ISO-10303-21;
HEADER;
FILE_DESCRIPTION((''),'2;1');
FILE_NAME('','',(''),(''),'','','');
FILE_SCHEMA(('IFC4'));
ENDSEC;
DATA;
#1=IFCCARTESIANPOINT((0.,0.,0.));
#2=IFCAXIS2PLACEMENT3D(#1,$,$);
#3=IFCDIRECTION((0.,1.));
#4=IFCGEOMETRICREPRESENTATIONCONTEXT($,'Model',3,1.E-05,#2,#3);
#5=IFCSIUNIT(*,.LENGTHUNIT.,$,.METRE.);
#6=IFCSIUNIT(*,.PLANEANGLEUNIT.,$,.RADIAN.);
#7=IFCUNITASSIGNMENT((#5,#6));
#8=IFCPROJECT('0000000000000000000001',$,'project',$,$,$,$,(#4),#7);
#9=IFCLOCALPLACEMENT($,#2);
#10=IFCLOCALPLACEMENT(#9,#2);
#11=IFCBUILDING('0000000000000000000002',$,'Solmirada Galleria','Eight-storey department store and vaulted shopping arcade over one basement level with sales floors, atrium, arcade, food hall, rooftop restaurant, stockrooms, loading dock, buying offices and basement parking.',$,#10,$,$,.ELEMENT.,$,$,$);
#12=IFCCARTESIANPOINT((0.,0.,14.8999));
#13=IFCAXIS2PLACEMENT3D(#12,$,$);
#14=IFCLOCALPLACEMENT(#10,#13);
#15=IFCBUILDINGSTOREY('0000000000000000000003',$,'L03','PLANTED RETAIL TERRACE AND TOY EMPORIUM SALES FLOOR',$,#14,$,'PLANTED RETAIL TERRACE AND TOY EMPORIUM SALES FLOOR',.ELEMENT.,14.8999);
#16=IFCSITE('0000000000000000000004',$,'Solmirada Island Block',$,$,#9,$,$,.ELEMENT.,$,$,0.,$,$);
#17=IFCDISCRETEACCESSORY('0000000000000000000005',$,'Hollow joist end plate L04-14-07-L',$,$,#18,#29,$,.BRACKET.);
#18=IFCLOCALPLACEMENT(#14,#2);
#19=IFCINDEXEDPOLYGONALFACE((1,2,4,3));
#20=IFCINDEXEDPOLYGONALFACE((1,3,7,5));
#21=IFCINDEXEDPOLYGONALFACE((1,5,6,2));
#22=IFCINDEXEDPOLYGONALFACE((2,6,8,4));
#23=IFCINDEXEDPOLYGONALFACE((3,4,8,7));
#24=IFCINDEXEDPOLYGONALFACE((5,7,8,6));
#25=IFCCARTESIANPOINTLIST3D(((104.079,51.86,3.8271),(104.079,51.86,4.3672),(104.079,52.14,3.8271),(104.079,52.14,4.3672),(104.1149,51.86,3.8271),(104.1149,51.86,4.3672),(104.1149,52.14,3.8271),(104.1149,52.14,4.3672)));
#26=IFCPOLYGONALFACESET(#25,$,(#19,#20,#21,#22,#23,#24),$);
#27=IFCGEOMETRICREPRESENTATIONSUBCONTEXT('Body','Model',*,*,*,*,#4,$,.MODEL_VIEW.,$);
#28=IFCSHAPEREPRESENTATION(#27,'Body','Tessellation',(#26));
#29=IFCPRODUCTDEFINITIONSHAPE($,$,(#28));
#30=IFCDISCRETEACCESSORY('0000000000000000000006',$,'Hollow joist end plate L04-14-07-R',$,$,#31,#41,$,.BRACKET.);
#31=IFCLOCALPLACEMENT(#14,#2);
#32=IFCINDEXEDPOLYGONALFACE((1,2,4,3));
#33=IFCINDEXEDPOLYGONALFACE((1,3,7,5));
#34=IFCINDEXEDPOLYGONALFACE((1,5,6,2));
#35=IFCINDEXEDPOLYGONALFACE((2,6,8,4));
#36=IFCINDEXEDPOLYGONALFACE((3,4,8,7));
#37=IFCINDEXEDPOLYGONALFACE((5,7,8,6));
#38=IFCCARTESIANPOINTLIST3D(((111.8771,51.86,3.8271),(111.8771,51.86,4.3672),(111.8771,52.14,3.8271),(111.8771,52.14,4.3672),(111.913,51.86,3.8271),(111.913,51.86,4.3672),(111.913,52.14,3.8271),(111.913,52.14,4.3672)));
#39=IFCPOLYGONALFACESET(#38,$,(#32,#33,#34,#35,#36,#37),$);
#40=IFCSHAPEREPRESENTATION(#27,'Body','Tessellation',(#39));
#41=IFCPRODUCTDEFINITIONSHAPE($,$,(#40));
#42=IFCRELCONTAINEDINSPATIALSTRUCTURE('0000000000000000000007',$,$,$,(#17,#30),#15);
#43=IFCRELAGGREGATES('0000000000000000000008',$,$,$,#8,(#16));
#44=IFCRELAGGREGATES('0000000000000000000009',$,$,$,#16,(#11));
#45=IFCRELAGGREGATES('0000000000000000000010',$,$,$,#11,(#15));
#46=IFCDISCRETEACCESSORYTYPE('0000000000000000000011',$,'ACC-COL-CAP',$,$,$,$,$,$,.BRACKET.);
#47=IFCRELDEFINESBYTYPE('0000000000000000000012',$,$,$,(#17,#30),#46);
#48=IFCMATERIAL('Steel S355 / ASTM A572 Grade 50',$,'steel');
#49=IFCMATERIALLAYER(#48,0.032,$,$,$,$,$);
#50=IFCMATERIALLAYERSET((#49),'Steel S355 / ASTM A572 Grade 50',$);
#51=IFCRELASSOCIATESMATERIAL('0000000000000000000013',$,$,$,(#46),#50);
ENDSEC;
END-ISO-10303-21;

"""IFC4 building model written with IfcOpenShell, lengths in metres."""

from ifc_helpers import new_model, si_unit, direction, frame, origin, origin_2d, place, context, subcontext, project, spatial, rectangle, extrude, material, layer, layer_set, type_object, element, save


model = new_model("IFC4")

# Units and contexts
model_context = context("Model", 3, precision=1e-05, world=origin(), true_north=direction((0.0, 1.0)))
body_context = subcontext(model_context, "Body", "Model", "MODEL_VIEW")
ifc_project = project(units=[si_unit("LENGTHUNIT", "METRE"), si_unit("PLANEANGLEUNIT", "RADIAN")], contexts=[model_context])

# Site, building, storey
site_placement = place(None, origin())
site = spatial("IfcSite", under=ifc_project, at=site_placement, Name="Solmirada Island Block", CompositionType="ELEMENT", RefElevation=0.0)
building_placement = place(site_placement, origin())
building = spatial("IfcBuilding", under=site, at=building_placement, Name="Solmirada Galleria", Description="Eight-storey department store and vaulted shopping arcade over one basement level with sales floors, atrium, arcade, food hall, rooftop restaurant, stockrooms, loading dock, buying offices and basement parking.", CompositionType="ELEMENT")
storey_placement = place(building_placement, frame((0.0, 0.0, 14.8999)))
storey = spatial("IfcBuildingStorey", under=building, at=storey_placement, Name="L03", Description="PLANTED RETAIL TERRACE AND TOY EMPORIUM SALES FLOOR", LongName="PLANTED RETAIL TERRACE AND TOY EMPORIUM SALES FLOOR", CompositionType="ELEMENT", Elevation=14.8999)

# Discrete accessories
ifc_material_1 = material(Name="Steel S355 / ASTM A572 Grade 50", Category="steel")
ifc_layer_1 = layer(ifc_material_1, 0.032)
ifc_layer_set_1 = layer_set([ifc_layer_1], Name="Steel S355 / ASTM A572 Grade 50")
discrete_accessory_type = type_object("IfcDiscreteAccessoryType", Name="ACC-COL-CAP", PredefinedType="BRACKET", material=ifc_layer_set_1)
for number, where, z_axis, x_axis, name in (
    (1, (104.0969, 52.0, 3.8271), (0.0, 0.0, 1.0), (1.0, 0.0, 0.0), "Hollow joist end plate L04-14-07-L"),
    (2, (111.895, 52.0, 3.8271), (0.0, 0.0, 1.0), (1.0, 0.0, 0.0), "Hollow joist end plate L04-14-07-R"),
):
    element("IfcDiscreteAccessory", number, at=place(storey_placement, frame(where, z_axis=z_axis, x_axis=x_axis)), inside=storey, type_object=discrete_accessory_type, Name=name, PredefinedType="BRACKET", context=body_context, shape_type="SweptSolid", body=[
        extrude(rectangle(XDim=0.0359, YDim=0.28, at=origin_2d()), origin(), (0.0, 0.0, 1.0), 0.54),
    ])

save(model, "model.ifc")
